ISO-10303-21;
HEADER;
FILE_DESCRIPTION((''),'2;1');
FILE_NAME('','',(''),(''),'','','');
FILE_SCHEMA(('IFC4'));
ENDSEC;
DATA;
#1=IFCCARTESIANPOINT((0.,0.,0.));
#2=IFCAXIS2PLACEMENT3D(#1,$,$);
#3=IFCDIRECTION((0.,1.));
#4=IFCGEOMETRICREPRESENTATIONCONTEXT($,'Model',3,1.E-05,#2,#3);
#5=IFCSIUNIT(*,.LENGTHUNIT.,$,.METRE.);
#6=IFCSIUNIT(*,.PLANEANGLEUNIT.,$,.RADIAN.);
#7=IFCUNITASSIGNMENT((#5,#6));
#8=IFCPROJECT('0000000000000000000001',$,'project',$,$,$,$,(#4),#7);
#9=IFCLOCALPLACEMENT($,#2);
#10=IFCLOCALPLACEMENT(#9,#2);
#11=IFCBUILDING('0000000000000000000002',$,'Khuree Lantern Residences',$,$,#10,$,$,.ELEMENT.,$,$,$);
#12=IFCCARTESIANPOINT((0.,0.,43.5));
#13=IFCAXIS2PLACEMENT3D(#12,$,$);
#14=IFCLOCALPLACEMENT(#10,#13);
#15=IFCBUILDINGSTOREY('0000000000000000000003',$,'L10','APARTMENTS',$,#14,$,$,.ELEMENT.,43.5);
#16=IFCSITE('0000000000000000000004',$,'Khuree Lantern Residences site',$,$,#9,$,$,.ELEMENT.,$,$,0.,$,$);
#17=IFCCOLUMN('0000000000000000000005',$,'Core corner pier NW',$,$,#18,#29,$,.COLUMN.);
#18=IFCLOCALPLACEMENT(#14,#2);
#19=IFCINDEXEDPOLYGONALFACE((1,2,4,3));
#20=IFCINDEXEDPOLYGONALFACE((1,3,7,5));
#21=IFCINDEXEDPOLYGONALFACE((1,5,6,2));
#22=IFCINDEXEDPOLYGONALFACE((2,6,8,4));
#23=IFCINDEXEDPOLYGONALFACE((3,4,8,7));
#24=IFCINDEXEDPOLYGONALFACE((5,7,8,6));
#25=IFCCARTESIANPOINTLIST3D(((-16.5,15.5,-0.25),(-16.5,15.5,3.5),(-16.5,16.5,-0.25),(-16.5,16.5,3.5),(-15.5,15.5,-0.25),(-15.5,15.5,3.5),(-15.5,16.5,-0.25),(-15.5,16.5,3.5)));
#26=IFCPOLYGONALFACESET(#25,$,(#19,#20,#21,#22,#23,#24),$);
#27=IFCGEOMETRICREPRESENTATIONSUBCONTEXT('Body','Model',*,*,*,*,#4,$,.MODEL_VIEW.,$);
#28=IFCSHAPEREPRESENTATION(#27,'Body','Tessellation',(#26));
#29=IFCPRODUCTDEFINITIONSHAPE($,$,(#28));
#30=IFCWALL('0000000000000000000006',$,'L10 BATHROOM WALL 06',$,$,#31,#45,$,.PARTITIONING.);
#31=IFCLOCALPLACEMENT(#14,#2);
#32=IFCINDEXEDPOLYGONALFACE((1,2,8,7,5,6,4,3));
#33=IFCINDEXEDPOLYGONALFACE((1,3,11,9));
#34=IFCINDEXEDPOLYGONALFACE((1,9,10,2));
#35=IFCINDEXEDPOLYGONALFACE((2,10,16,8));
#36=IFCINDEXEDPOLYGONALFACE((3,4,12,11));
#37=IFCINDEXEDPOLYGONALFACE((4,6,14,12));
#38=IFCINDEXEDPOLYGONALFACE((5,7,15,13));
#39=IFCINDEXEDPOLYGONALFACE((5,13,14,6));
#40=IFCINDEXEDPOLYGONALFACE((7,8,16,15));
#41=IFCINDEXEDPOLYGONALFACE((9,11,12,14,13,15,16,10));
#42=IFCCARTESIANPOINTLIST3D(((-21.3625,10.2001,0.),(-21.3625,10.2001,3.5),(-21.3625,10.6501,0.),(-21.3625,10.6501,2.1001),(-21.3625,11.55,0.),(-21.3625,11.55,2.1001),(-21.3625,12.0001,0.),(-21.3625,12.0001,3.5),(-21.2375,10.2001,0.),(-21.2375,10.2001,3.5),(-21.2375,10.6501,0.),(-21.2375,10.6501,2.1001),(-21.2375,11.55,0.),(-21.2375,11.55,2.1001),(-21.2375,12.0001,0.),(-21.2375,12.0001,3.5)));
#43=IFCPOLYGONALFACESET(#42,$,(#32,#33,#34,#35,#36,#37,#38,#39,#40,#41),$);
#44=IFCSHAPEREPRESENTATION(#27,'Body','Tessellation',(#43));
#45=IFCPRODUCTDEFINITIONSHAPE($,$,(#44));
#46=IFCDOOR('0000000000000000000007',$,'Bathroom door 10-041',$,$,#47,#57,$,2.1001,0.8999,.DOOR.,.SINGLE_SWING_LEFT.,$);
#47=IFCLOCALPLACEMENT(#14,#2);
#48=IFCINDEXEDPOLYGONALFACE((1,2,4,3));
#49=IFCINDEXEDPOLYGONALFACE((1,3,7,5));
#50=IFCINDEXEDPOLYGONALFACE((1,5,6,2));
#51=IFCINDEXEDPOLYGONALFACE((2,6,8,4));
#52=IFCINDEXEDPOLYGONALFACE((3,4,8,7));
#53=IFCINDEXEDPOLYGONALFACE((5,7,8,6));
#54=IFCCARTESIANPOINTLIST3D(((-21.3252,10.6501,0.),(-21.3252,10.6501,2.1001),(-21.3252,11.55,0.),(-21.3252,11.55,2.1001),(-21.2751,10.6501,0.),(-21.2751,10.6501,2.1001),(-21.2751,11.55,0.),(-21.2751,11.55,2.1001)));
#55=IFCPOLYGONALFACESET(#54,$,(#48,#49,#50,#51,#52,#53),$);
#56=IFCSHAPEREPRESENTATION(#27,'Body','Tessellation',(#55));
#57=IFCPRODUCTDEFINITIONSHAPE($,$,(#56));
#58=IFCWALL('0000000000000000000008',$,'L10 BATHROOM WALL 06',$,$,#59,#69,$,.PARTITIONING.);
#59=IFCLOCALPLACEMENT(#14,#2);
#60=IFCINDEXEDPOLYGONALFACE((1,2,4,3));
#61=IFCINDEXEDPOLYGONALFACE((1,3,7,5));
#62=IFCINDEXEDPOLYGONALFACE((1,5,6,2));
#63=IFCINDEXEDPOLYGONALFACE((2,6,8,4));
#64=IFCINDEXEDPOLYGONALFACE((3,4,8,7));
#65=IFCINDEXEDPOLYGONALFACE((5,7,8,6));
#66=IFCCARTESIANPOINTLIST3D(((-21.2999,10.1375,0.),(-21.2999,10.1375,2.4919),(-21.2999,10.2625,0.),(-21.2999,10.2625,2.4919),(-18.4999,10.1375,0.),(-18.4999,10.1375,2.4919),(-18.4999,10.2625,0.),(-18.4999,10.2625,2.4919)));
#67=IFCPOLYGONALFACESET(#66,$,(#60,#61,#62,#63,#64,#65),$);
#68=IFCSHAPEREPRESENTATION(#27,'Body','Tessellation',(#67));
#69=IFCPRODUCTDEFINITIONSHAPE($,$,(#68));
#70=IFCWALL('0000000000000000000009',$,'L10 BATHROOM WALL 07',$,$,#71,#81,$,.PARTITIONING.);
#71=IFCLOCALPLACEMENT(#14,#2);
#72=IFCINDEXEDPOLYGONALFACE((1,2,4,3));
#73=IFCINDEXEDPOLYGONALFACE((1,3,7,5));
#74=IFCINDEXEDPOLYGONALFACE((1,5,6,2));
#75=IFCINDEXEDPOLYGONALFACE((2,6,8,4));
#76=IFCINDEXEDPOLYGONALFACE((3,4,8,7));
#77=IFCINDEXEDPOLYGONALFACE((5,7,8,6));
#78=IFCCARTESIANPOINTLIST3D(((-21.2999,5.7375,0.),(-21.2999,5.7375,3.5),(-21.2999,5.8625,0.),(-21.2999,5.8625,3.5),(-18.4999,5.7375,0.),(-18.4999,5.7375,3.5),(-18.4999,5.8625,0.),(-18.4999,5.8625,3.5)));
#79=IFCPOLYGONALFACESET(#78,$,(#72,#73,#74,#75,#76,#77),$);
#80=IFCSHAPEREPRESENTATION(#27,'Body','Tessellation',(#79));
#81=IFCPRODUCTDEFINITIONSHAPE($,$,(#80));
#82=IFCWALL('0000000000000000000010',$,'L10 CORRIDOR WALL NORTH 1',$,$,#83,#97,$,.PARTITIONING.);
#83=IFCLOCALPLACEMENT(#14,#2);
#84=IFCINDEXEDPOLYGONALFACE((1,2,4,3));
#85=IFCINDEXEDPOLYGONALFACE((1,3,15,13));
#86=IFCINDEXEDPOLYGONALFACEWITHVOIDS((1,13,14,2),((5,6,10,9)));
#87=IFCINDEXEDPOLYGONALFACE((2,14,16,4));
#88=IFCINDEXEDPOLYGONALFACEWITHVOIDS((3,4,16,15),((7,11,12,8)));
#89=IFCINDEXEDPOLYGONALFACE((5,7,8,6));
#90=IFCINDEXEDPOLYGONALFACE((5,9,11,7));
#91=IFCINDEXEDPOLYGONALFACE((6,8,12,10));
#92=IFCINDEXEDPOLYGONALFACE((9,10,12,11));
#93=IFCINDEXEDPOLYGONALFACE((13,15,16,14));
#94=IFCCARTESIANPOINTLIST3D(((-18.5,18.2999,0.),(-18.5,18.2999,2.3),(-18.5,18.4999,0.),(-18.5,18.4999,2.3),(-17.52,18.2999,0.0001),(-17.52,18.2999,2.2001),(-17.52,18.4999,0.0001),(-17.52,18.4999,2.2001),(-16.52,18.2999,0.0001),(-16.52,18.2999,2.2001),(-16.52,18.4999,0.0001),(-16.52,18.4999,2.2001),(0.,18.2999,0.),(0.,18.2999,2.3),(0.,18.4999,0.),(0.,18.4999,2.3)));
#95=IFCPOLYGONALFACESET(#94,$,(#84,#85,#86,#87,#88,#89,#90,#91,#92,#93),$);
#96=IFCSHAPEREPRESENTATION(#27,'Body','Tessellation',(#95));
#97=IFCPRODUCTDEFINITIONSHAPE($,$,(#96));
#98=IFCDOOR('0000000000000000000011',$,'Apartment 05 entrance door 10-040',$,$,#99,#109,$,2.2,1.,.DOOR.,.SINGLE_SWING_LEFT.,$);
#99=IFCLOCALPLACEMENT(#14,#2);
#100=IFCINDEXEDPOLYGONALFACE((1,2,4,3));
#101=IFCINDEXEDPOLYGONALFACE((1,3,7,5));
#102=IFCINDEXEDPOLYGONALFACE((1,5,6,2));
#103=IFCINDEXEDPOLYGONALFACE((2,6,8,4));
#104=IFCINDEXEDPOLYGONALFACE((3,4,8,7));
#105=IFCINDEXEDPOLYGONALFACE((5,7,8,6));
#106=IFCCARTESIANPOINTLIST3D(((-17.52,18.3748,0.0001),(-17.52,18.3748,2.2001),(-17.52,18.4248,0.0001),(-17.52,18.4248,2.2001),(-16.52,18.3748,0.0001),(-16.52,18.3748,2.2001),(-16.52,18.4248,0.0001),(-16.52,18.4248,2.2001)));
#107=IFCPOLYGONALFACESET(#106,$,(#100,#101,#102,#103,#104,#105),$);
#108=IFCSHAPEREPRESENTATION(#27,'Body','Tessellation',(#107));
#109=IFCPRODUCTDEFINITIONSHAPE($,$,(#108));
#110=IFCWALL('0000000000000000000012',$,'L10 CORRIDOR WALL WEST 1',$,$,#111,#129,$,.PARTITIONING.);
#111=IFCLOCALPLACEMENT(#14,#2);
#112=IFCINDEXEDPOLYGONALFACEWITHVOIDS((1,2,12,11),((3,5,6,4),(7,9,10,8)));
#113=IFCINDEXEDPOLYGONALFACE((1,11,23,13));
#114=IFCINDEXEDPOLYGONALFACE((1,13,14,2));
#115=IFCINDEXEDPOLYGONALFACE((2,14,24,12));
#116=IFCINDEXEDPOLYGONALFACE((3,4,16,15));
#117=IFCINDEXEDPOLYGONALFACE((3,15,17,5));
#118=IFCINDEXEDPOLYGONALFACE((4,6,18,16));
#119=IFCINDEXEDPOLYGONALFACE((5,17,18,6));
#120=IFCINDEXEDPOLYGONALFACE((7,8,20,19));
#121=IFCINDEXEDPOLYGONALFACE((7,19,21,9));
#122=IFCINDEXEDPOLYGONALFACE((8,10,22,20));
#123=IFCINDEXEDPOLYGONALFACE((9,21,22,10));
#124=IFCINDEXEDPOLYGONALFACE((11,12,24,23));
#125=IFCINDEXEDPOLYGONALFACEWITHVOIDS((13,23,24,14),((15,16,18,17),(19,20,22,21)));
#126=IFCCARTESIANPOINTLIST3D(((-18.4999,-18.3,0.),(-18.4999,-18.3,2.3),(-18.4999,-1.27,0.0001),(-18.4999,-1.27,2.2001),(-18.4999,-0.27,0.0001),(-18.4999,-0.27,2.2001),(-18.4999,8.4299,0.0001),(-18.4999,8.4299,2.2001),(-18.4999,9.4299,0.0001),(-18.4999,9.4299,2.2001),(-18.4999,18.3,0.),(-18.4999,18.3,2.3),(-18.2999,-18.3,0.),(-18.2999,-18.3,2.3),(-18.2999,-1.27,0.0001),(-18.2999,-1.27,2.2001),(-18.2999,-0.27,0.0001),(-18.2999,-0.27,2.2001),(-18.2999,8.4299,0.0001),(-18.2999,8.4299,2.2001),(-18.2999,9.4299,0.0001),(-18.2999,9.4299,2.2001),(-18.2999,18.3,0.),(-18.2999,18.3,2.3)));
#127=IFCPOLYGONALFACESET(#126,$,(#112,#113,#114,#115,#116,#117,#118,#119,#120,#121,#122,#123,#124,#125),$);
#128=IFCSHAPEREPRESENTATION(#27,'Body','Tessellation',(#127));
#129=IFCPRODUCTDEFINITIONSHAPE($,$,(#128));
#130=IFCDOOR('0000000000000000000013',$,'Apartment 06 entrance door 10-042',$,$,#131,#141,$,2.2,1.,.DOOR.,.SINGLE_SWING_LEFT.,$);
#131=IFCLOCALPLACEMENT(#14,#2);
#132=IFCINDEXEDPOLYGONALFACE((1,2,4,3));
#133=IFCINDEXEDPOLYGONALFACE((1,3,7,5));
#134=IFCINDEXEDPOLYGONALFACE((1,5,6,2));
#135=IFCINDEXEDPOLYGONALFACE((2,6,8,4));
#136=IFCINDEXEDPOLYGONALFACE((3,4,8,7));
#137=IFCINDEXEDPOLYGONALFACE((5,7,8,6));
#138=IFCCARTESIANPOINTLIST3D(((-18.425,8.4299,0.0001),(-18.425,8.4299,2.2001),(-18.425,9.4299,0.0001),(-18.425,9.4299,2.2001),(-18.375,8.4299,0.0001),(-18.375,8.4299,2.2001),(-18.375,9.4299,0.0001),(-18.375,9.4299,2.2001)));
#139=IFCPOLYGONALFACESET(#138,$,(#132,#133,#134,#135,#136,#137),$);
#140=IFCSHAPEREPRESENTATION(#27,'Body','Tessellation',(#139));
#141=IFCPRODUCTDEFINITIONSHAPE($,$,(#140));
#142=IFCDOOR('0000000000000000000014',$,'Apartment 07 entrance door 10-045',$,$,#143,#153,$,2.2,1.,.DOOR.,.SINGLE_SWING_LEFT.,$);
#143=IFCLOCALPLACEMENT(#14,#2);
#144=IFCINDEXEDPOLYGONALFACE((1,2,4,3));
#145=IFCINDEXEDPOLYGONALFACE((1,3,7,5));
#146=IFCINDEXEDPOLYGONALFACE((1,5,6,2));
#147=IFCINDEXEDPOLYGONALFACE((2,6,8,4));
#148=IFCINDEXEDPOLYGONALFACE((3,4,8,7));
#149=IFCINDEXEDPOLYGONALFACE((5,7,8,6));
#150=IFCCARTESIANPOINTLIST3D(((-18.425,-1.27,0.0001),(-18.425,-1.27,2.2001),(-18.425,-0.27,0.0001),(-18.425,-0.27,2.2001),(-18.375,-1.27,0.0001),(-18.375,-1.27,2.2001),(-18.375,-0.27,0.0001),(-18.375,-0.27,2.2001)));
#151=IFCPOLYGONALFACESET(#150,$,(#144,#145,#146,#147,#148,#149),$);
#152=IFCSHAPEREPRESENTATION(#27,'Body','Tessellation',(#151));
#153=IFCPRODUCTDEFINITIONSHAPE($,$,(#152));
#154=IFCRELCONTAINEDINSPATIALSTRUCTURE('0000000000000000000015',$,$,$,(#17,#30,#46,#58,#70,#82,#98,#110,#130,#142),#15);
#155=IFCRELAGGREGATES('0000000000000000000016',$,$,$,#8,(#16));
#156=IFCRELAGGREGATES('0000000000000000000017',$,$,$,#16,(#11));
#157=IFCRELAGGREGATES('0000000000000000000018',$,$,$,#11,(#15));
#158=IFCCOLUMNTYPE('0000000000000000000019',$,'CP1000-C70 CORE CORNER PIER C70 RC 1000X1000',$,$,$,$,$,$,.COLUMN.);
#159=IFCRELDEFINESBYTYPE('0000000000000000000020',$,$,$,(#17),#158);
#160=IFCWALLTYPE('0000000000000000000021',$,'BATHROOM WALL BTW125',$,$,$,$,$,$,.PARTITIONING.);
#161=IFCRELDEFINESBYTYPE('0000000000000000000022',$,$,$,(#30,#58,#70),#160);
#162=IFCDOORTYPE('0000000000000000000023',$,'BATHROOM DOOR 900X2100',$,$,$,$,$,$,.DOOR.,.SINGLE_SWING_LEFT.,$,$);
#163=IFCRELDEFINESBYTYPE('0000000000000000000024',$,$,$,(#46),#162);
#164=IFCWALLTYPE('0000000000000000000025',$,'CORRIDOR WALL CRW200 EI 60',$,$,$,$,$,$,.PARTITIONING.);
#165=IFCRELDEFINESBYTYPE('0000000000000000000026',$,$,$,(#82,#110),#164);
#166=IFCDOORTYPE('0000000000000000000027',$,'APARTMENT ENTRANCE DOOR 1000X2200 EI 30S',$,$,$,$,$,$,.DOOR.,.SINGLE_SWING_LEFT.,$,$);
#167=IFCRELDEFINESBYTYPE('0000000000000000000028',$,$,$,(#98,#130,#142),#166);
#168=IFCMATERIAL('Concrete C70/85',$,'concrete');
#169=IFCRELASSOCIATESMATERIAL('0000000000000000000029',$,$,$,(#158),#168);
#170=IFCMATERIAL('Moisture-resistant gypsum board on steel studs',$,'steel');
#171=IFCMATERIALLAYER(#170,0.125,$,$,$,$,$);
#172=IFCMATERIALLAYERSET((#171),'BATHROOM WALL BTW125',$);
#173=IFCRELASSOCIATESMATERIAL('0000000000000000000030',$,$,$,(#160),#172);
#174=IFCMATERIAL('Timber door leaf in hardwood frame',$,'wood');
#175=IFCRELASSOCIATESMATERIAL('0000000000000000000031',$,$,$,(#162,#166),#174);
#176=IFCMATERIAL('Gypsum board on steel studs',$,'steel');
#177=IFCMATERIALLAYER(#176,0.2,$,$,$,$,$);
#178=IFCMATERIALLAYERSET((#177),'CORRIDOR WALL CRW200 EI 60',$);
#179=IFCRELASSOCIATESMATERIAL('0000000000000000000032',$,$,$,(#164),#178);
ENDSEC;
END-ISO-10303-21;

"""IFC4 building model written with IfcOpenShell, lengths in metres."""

from ifc_helpers import new_model, si_unit, direction, frame, frame_2d, origin, origin_2d, place, context, subcontext, project, spatial, rectangle, extrude, material, layer, layer_set, material_profile, profile_set, type_object, element, fill, save


model = new_model("IFC4")

# Units and contexts
model_context = context("Model", 3, precision=1e-05, world=origin(), true_north=direction((0.0, 1.0)))
body_context = subcontext(model_context, "Body", "Model", "MODEL_VIEW")
ifc_project = project(units=[si_unit("LENGTHUNIT", "METRE"), si_unit("PLANEANGLEUNIT", "RADIAN")], contexts=[model_context])

# Site, building, storey
site_placement = place(None, origin())
site = spatial("IfcSite", under=ifc_project, at=site_placement, Name="Khuree Lantern Residences site", CompositionType="ELEMENT", RefElevation=0.0)
building_placement = place(site_placement, origin())
building = spatial("IfcBuilding", under=site, at=building_placement, Name="Khuree Lantern Residences", CompositionType="ELEMENT")
storey_placement = place(building_placement, frame((0.0, 0.0, 43.5)))
storey = spatial("IfcBuildingStorey", under=building, at=storey_placement, Name="L10", Description="APARTMENTS", CompositionType="ELEMENT", Elevation=43.5)

# Column
ifc_material_1 = material(Name="Concrete C70/85", Category="concrete")
ifc_material_profile = material_profile(ifc_material_1, rectangle(XDim=1.0, YDim=1.0, at=origin_2d()), Name="RC 1000X1000")
ifc_profile_set = profile_set([ifc_material_profile], Name="Concrete C70/85")
column_type = type_object("IfcColumnType", Name="CP1000-C70 CORE CORNER PIER C70 RC 1000X1000", PredefinedType="COLUMN", material=ifc_profile_set)
column_placement = place(storey_placement, frame((-16.0, 16.0, -0.25), z_axis=(0.0, 0.0, 1.0), x_axis=(1.0, 0.0, 0.0)))
element("IfcColumn", 1, at=column_placement, inside=storey, type_object=column_type, Name="Core corner pier NW", PredefinedType="COLUMN", context=body_context, shape_type="SweptSolid", body=[
    extrude(rectangle(XDim=1.0, YDim=1.0, at=origin_2d()), origin(), (0.0, 0.0, 1.0), 3.75),
])

# Wall, opening, door
ifc_material_2 = material(Name="Moisture-resistant gypsum board on steel studs", Category="steel")
ifc_layer_1 = layer(ifc_material_2, 0.125)
ifc_layer_set_1 = layer_set([ifc_layer_1], Name="BATHROOM WALL BTW125")
wall_type_1 = type_object("IfcWallType", Name="BATHROOM WALL BTW125", PredefinedType="PARTITIONING", material=ifc_layer_set_1)
wall_1_placement = place(storey_placement, frame((-21.3, 12.0, 0.0), z_axis=(0.0, 0.0, 1.0), x_axis=(0.0, -1.0, 0.0)))
wall_1 = element("IfcWall", 2, at=wall_1_placement, inside=storey, type_object=wall_type_1, Name="L10 BATHROOM WALL 06", PredefinedType="PARTITIONING", context=body_context, shape_type="SweptSolid", body=[
    extrude(rectangle(XDim=1.8, YDim=0.125, at=frame_2d((0.8999, 0.0))), origin(), (0.0, 0.0, 1.0), 3.5),
])
opening_1_placement = place(wall_1_placement, frame((0.45, 0.0, 0.0)))
opening_1 = element("IfcOpeningElement", 3, at=opening_1_placement, cuts=wall_1, PredefinedType="OPENING", context=body_context, shape_type="SweptSolid", body=[
    extrude(rectangle(XDim=0.8999, YDim=2.1001, at=frame_2d((0.45, 1.05))), frame((0.0, 0.0725, 0.0), z_axis=(0.0, -1.0, 0.0), x_axis=(1.0, 0.0, 0.0)), (0.0, 0.0, 1.0), 0.145),
])
ifc_material_3 = material(Name="Timber door leaf in hardwood frame", Category="wood")
door_type_1 = type_object("IfcDoorType", Name="BATHROOM DOOR 900X2100", OperationType="SINGLE_SWING_LEFT", PredefinedType="DOOR", material=ifc_material_3)
door_1_placement = place(opening_1_placement, origin())
door_1 = element("IfcDoor", 4, at=door_1_placement, inside=storey, type_object=door_type_1, Name="Bathroom door 10-041", OperationType="SINGLE_SWING_LEFT", OverallHeight=2.1001, OverallWidth=0.8999, PredefinedType="DOOR", context=body_context, shape_type="SweptSolid", body=[
    extrude(rectangle(XDim=0.8999, YDim=2.1001, at=frame_2d((0.45, 1.05))), frame((0.0, 0.0249, 0.0), z_axis=(0.0, -1.0, 0.0), x_axis=(1.0, 0.0, 0.0)), (0.0, 0.0, 1.0), 0.05),
])
fill(opening_1, door_1)

# Walls
wall_2_placement = place(storey_placement, frame((-18.5, 10.2, 0.0), z_axis=(0.0, 0.0, 1.0), x_axis=(-1.0, 0.0, 0.0)))
element("IfcWall", 5, at=wall_2_placement, inside=storey, type_object=wall_type_1, Name="L10 BATHROOM WALL 06", PredefinedType="PARTITIONING", context=body_context, shape_type="SweptSolid", body=[
    extrude(rectangle(XDim=2.8, YDim=0.125, at=frame_2d((1.3999, 0.0))), origin(), (0.0, 0.0, 1.0), 2.4919),
])
wall_3_placement = place(storey_placement, frame((-18.5, 5.8, 0.0), z_axis=(0.0, 0.0, 1.0), x_axis=(-1.0, 0.0, 0.0)))
element("IfcWall", 6, at=wall_3_placement, inside=storey, type_object=wall_type_1, Name="L10 BATHROOM WALL 07", PredefinedType="PARTITIONING", context=body_context, shape_type="SweptSolid", body=[
    extrude(rectangle(XDim=2.8, YDim=0.125, at=frame_2d((1.3999, 0.0))), origin(), (0.0, 0.0, 1.0), 3.5),
])

# Wall, opening, door
ifc_material_4 = material(Name="Gypsum board on steel studs", Category="steel")
ifc_layer_2 = layer(ifc_material_4, 0.2)
ifc_layer_set_2 = layer_set([ifc_layer_2], Name="CORRIDOR WALL CRW200 EI 60")
wall_type_2 = type_object("IfcWallType", Name="CORRIDOR WALL CRW200 EI 60", PredefinedType="PARTITIONING", material=ifc_layer_set_2)
wall_4_placement = place(storey_placement, frame((-18.5, 18.3999, 0.0), z_axis=(0.0, 0.0, 1.0), x_axis=(1.0, 0.0, 0.0)))
wall_4 = element("IfcWall", 7, at=wall_4_placement, inside=storey, type_object=wall_type_2, Name="L10 CORRIDOR WALL NORTH 1", PredefinedType="PARTITIONING", context=body_context, shape_type="SweptSolid", body=[
    extrude(rectangle(XDim=18.5, YDim=0.2, at=frame_2d((9.25, 0.0))), origin(), (0.0, 0.0, 1.0), 2.3),
])
opening_2_placement = place(wall_4_placement, frame((0.98, 0.0, 0.0)))
opening_2 = element("IfcOpeningElement", 8, at=opening_2_placement, cuts=wall_4, PredefinedType="OPENING", context=body_context, shape_type="SweptSolid", body=[
    extrude(rectangle(XDim=1.0, YDim=2.2, at=frame_2d((0.5, 1.1001))), frame((0.0, 0.1099, 0.0), z_axis=(0.0, -1.0, 0.0), x_axis=(1.0, 0.0, 0.0)), (0.0, 0.0, 1.0), 0.22),
])
door_type_2 = type_object("IfcDoorType", Name="APARTMENT ENTRANCE DOOR 1000X2200 EI 30S", OperationType="SINGLE_SWING_LEFT", PredefinedType="DOOR", material=ifc_material_3)
door_2_placement = place(opening_2_placement, origin())
door_2 = element("IfcDoor", 9, at=door_2_placement, inside=storey, type_object=door_type_2, Name="Apartment 05 entrance door 10-040", OperationType="SINGLE_SWING_LEFT", OverallHeight=2.2, OverallWidth=1.0, PredefinedType="DOOR", context=body_context, shape_type="SweptSolid", body=[
    extrude(rectangle(XDim=1.0, YDim=2.2, at=frame_2d((0.5, 1.1001))), frame((0.0, 0.0249, 0.0), z_axis=(0.0, -1.0, 0.0), x_axis=(1.0, 0.0, 0.0)), (0.0, 0.0, 1.0), 0.05),
])
fill(opening_2, door_2)

# Wall, openings, doors
wall_5_placement = place(storey_placement, frame((-18.3999, 18.3, 0.0), z_axis=(0.0, 0.0, 1.0), x_axis=(0.0, -1.0, 0.0)))
wall_5 = element("IfcWall", 10, at=wall_5_placement, inside=storey, type_object=wall_type_2, Name="L10 CORRIDOR WALL WEST 1", PredefinedType="PARTITIONING", context=body_context, shape_type="SweptSolid", body=[
    extrude(rectangle(XDim=36.6001, YDim=0.2, at=frame_2d((18.3, 0.0))), origin(), (0.0, 0.0, 1.0), 2.3),
])
opening_3_placement = place(wall_5_placement, frame((8.8701, 0.0, 0.0)))
opening_3 = element("IfcOpeningElement", 11, at=opening_3_placement, cuts=wall_5, PredefinedType="OPENING", context=body_context, shape_type="SweptSolid", body=[
    extrude(rectangle(XDim=1.0, YDim=2.2, at=frame_2d((0.5, 1.1001))), frame((0.0, 0.1099, 0.0), z_axis=(0.0, -1.0, 0.0), x_axis=(1.0, 0.0, 0.0)), (0.0, 0.0, 1.0), 0.22),
])
opening_4_placement = place(wall_5_placement, frame((18.5701, 0.0, 0.0)))
opening_4 = element("IfcOpeningElement", 12, at=opening_4_placement, cuts=wall_5, PredefinedType="OPENING", context=body_context, shape_type="SweptSolid", body=[
    extrude(rectangle(XDim=1.0, YDim=2.2, at=frame_2d((0.5, 1.1001))), frame((0.0, 0.1099, 0.0), z_axis=(0.0, -1.0, 0.0), x_axis=(1.0, 0.0, 0.0)), (0.0, 0.0, 1.0), 0.22),
])
door_3_placement = place(opening_3_placement, origin())
door_3 = element("IfcDoor", 13, at=door_3_placement, inside=storey, type_object=door_type_2, Name="Apartment 06 entrance door 10-042", OperationType="SINGLE_SWING_LEFT", OverallHeight=2.2, OverallWidth=1.0, PredefinedType="DOOR", context=body_context, shape_type="SweptSolid", body=[
    extrude(rectangle(XDim=1.0, YDim=2.2, at=frame_2d((0.5, 1.1001))), frame((0.0, 0.0249, 0.0), z_axis=(0.0, -1.0, 0.0), x_axis=(1.0, 0.0, 0.0)), (0.0, 0.0, 1.0), 0.05),
])
fill(opening_3, door_3)
door_4_placement = place(opening_4_placement, origin())
door_4 = element("IfcDoor", 14, at=door_4_placement, inside=storey, type_object=door_type_2, Name="Apartment 07 entrance door 10-045", OperationType="SINGLE_SWING_LEFT", OverallHeight=2.2, OverallWidth=1.0, PredefinedType="DOOR", context=body_context, shape_type="SweptSolid", body=[
    extrude(rectangle(XDim=1.0, YDim=2.2, at=frame_2d((0.5, 1.1001))), frame((0.0, 0.0249, 0.0), z_axis=(0.0, -1.0, 0.0), x_axis=(1.0, 0.0, 0.0)), (0.0, 0.0, 1.0), 0.05),
])
fill(opening_4, door_4)

save(model, "model.ifc")
